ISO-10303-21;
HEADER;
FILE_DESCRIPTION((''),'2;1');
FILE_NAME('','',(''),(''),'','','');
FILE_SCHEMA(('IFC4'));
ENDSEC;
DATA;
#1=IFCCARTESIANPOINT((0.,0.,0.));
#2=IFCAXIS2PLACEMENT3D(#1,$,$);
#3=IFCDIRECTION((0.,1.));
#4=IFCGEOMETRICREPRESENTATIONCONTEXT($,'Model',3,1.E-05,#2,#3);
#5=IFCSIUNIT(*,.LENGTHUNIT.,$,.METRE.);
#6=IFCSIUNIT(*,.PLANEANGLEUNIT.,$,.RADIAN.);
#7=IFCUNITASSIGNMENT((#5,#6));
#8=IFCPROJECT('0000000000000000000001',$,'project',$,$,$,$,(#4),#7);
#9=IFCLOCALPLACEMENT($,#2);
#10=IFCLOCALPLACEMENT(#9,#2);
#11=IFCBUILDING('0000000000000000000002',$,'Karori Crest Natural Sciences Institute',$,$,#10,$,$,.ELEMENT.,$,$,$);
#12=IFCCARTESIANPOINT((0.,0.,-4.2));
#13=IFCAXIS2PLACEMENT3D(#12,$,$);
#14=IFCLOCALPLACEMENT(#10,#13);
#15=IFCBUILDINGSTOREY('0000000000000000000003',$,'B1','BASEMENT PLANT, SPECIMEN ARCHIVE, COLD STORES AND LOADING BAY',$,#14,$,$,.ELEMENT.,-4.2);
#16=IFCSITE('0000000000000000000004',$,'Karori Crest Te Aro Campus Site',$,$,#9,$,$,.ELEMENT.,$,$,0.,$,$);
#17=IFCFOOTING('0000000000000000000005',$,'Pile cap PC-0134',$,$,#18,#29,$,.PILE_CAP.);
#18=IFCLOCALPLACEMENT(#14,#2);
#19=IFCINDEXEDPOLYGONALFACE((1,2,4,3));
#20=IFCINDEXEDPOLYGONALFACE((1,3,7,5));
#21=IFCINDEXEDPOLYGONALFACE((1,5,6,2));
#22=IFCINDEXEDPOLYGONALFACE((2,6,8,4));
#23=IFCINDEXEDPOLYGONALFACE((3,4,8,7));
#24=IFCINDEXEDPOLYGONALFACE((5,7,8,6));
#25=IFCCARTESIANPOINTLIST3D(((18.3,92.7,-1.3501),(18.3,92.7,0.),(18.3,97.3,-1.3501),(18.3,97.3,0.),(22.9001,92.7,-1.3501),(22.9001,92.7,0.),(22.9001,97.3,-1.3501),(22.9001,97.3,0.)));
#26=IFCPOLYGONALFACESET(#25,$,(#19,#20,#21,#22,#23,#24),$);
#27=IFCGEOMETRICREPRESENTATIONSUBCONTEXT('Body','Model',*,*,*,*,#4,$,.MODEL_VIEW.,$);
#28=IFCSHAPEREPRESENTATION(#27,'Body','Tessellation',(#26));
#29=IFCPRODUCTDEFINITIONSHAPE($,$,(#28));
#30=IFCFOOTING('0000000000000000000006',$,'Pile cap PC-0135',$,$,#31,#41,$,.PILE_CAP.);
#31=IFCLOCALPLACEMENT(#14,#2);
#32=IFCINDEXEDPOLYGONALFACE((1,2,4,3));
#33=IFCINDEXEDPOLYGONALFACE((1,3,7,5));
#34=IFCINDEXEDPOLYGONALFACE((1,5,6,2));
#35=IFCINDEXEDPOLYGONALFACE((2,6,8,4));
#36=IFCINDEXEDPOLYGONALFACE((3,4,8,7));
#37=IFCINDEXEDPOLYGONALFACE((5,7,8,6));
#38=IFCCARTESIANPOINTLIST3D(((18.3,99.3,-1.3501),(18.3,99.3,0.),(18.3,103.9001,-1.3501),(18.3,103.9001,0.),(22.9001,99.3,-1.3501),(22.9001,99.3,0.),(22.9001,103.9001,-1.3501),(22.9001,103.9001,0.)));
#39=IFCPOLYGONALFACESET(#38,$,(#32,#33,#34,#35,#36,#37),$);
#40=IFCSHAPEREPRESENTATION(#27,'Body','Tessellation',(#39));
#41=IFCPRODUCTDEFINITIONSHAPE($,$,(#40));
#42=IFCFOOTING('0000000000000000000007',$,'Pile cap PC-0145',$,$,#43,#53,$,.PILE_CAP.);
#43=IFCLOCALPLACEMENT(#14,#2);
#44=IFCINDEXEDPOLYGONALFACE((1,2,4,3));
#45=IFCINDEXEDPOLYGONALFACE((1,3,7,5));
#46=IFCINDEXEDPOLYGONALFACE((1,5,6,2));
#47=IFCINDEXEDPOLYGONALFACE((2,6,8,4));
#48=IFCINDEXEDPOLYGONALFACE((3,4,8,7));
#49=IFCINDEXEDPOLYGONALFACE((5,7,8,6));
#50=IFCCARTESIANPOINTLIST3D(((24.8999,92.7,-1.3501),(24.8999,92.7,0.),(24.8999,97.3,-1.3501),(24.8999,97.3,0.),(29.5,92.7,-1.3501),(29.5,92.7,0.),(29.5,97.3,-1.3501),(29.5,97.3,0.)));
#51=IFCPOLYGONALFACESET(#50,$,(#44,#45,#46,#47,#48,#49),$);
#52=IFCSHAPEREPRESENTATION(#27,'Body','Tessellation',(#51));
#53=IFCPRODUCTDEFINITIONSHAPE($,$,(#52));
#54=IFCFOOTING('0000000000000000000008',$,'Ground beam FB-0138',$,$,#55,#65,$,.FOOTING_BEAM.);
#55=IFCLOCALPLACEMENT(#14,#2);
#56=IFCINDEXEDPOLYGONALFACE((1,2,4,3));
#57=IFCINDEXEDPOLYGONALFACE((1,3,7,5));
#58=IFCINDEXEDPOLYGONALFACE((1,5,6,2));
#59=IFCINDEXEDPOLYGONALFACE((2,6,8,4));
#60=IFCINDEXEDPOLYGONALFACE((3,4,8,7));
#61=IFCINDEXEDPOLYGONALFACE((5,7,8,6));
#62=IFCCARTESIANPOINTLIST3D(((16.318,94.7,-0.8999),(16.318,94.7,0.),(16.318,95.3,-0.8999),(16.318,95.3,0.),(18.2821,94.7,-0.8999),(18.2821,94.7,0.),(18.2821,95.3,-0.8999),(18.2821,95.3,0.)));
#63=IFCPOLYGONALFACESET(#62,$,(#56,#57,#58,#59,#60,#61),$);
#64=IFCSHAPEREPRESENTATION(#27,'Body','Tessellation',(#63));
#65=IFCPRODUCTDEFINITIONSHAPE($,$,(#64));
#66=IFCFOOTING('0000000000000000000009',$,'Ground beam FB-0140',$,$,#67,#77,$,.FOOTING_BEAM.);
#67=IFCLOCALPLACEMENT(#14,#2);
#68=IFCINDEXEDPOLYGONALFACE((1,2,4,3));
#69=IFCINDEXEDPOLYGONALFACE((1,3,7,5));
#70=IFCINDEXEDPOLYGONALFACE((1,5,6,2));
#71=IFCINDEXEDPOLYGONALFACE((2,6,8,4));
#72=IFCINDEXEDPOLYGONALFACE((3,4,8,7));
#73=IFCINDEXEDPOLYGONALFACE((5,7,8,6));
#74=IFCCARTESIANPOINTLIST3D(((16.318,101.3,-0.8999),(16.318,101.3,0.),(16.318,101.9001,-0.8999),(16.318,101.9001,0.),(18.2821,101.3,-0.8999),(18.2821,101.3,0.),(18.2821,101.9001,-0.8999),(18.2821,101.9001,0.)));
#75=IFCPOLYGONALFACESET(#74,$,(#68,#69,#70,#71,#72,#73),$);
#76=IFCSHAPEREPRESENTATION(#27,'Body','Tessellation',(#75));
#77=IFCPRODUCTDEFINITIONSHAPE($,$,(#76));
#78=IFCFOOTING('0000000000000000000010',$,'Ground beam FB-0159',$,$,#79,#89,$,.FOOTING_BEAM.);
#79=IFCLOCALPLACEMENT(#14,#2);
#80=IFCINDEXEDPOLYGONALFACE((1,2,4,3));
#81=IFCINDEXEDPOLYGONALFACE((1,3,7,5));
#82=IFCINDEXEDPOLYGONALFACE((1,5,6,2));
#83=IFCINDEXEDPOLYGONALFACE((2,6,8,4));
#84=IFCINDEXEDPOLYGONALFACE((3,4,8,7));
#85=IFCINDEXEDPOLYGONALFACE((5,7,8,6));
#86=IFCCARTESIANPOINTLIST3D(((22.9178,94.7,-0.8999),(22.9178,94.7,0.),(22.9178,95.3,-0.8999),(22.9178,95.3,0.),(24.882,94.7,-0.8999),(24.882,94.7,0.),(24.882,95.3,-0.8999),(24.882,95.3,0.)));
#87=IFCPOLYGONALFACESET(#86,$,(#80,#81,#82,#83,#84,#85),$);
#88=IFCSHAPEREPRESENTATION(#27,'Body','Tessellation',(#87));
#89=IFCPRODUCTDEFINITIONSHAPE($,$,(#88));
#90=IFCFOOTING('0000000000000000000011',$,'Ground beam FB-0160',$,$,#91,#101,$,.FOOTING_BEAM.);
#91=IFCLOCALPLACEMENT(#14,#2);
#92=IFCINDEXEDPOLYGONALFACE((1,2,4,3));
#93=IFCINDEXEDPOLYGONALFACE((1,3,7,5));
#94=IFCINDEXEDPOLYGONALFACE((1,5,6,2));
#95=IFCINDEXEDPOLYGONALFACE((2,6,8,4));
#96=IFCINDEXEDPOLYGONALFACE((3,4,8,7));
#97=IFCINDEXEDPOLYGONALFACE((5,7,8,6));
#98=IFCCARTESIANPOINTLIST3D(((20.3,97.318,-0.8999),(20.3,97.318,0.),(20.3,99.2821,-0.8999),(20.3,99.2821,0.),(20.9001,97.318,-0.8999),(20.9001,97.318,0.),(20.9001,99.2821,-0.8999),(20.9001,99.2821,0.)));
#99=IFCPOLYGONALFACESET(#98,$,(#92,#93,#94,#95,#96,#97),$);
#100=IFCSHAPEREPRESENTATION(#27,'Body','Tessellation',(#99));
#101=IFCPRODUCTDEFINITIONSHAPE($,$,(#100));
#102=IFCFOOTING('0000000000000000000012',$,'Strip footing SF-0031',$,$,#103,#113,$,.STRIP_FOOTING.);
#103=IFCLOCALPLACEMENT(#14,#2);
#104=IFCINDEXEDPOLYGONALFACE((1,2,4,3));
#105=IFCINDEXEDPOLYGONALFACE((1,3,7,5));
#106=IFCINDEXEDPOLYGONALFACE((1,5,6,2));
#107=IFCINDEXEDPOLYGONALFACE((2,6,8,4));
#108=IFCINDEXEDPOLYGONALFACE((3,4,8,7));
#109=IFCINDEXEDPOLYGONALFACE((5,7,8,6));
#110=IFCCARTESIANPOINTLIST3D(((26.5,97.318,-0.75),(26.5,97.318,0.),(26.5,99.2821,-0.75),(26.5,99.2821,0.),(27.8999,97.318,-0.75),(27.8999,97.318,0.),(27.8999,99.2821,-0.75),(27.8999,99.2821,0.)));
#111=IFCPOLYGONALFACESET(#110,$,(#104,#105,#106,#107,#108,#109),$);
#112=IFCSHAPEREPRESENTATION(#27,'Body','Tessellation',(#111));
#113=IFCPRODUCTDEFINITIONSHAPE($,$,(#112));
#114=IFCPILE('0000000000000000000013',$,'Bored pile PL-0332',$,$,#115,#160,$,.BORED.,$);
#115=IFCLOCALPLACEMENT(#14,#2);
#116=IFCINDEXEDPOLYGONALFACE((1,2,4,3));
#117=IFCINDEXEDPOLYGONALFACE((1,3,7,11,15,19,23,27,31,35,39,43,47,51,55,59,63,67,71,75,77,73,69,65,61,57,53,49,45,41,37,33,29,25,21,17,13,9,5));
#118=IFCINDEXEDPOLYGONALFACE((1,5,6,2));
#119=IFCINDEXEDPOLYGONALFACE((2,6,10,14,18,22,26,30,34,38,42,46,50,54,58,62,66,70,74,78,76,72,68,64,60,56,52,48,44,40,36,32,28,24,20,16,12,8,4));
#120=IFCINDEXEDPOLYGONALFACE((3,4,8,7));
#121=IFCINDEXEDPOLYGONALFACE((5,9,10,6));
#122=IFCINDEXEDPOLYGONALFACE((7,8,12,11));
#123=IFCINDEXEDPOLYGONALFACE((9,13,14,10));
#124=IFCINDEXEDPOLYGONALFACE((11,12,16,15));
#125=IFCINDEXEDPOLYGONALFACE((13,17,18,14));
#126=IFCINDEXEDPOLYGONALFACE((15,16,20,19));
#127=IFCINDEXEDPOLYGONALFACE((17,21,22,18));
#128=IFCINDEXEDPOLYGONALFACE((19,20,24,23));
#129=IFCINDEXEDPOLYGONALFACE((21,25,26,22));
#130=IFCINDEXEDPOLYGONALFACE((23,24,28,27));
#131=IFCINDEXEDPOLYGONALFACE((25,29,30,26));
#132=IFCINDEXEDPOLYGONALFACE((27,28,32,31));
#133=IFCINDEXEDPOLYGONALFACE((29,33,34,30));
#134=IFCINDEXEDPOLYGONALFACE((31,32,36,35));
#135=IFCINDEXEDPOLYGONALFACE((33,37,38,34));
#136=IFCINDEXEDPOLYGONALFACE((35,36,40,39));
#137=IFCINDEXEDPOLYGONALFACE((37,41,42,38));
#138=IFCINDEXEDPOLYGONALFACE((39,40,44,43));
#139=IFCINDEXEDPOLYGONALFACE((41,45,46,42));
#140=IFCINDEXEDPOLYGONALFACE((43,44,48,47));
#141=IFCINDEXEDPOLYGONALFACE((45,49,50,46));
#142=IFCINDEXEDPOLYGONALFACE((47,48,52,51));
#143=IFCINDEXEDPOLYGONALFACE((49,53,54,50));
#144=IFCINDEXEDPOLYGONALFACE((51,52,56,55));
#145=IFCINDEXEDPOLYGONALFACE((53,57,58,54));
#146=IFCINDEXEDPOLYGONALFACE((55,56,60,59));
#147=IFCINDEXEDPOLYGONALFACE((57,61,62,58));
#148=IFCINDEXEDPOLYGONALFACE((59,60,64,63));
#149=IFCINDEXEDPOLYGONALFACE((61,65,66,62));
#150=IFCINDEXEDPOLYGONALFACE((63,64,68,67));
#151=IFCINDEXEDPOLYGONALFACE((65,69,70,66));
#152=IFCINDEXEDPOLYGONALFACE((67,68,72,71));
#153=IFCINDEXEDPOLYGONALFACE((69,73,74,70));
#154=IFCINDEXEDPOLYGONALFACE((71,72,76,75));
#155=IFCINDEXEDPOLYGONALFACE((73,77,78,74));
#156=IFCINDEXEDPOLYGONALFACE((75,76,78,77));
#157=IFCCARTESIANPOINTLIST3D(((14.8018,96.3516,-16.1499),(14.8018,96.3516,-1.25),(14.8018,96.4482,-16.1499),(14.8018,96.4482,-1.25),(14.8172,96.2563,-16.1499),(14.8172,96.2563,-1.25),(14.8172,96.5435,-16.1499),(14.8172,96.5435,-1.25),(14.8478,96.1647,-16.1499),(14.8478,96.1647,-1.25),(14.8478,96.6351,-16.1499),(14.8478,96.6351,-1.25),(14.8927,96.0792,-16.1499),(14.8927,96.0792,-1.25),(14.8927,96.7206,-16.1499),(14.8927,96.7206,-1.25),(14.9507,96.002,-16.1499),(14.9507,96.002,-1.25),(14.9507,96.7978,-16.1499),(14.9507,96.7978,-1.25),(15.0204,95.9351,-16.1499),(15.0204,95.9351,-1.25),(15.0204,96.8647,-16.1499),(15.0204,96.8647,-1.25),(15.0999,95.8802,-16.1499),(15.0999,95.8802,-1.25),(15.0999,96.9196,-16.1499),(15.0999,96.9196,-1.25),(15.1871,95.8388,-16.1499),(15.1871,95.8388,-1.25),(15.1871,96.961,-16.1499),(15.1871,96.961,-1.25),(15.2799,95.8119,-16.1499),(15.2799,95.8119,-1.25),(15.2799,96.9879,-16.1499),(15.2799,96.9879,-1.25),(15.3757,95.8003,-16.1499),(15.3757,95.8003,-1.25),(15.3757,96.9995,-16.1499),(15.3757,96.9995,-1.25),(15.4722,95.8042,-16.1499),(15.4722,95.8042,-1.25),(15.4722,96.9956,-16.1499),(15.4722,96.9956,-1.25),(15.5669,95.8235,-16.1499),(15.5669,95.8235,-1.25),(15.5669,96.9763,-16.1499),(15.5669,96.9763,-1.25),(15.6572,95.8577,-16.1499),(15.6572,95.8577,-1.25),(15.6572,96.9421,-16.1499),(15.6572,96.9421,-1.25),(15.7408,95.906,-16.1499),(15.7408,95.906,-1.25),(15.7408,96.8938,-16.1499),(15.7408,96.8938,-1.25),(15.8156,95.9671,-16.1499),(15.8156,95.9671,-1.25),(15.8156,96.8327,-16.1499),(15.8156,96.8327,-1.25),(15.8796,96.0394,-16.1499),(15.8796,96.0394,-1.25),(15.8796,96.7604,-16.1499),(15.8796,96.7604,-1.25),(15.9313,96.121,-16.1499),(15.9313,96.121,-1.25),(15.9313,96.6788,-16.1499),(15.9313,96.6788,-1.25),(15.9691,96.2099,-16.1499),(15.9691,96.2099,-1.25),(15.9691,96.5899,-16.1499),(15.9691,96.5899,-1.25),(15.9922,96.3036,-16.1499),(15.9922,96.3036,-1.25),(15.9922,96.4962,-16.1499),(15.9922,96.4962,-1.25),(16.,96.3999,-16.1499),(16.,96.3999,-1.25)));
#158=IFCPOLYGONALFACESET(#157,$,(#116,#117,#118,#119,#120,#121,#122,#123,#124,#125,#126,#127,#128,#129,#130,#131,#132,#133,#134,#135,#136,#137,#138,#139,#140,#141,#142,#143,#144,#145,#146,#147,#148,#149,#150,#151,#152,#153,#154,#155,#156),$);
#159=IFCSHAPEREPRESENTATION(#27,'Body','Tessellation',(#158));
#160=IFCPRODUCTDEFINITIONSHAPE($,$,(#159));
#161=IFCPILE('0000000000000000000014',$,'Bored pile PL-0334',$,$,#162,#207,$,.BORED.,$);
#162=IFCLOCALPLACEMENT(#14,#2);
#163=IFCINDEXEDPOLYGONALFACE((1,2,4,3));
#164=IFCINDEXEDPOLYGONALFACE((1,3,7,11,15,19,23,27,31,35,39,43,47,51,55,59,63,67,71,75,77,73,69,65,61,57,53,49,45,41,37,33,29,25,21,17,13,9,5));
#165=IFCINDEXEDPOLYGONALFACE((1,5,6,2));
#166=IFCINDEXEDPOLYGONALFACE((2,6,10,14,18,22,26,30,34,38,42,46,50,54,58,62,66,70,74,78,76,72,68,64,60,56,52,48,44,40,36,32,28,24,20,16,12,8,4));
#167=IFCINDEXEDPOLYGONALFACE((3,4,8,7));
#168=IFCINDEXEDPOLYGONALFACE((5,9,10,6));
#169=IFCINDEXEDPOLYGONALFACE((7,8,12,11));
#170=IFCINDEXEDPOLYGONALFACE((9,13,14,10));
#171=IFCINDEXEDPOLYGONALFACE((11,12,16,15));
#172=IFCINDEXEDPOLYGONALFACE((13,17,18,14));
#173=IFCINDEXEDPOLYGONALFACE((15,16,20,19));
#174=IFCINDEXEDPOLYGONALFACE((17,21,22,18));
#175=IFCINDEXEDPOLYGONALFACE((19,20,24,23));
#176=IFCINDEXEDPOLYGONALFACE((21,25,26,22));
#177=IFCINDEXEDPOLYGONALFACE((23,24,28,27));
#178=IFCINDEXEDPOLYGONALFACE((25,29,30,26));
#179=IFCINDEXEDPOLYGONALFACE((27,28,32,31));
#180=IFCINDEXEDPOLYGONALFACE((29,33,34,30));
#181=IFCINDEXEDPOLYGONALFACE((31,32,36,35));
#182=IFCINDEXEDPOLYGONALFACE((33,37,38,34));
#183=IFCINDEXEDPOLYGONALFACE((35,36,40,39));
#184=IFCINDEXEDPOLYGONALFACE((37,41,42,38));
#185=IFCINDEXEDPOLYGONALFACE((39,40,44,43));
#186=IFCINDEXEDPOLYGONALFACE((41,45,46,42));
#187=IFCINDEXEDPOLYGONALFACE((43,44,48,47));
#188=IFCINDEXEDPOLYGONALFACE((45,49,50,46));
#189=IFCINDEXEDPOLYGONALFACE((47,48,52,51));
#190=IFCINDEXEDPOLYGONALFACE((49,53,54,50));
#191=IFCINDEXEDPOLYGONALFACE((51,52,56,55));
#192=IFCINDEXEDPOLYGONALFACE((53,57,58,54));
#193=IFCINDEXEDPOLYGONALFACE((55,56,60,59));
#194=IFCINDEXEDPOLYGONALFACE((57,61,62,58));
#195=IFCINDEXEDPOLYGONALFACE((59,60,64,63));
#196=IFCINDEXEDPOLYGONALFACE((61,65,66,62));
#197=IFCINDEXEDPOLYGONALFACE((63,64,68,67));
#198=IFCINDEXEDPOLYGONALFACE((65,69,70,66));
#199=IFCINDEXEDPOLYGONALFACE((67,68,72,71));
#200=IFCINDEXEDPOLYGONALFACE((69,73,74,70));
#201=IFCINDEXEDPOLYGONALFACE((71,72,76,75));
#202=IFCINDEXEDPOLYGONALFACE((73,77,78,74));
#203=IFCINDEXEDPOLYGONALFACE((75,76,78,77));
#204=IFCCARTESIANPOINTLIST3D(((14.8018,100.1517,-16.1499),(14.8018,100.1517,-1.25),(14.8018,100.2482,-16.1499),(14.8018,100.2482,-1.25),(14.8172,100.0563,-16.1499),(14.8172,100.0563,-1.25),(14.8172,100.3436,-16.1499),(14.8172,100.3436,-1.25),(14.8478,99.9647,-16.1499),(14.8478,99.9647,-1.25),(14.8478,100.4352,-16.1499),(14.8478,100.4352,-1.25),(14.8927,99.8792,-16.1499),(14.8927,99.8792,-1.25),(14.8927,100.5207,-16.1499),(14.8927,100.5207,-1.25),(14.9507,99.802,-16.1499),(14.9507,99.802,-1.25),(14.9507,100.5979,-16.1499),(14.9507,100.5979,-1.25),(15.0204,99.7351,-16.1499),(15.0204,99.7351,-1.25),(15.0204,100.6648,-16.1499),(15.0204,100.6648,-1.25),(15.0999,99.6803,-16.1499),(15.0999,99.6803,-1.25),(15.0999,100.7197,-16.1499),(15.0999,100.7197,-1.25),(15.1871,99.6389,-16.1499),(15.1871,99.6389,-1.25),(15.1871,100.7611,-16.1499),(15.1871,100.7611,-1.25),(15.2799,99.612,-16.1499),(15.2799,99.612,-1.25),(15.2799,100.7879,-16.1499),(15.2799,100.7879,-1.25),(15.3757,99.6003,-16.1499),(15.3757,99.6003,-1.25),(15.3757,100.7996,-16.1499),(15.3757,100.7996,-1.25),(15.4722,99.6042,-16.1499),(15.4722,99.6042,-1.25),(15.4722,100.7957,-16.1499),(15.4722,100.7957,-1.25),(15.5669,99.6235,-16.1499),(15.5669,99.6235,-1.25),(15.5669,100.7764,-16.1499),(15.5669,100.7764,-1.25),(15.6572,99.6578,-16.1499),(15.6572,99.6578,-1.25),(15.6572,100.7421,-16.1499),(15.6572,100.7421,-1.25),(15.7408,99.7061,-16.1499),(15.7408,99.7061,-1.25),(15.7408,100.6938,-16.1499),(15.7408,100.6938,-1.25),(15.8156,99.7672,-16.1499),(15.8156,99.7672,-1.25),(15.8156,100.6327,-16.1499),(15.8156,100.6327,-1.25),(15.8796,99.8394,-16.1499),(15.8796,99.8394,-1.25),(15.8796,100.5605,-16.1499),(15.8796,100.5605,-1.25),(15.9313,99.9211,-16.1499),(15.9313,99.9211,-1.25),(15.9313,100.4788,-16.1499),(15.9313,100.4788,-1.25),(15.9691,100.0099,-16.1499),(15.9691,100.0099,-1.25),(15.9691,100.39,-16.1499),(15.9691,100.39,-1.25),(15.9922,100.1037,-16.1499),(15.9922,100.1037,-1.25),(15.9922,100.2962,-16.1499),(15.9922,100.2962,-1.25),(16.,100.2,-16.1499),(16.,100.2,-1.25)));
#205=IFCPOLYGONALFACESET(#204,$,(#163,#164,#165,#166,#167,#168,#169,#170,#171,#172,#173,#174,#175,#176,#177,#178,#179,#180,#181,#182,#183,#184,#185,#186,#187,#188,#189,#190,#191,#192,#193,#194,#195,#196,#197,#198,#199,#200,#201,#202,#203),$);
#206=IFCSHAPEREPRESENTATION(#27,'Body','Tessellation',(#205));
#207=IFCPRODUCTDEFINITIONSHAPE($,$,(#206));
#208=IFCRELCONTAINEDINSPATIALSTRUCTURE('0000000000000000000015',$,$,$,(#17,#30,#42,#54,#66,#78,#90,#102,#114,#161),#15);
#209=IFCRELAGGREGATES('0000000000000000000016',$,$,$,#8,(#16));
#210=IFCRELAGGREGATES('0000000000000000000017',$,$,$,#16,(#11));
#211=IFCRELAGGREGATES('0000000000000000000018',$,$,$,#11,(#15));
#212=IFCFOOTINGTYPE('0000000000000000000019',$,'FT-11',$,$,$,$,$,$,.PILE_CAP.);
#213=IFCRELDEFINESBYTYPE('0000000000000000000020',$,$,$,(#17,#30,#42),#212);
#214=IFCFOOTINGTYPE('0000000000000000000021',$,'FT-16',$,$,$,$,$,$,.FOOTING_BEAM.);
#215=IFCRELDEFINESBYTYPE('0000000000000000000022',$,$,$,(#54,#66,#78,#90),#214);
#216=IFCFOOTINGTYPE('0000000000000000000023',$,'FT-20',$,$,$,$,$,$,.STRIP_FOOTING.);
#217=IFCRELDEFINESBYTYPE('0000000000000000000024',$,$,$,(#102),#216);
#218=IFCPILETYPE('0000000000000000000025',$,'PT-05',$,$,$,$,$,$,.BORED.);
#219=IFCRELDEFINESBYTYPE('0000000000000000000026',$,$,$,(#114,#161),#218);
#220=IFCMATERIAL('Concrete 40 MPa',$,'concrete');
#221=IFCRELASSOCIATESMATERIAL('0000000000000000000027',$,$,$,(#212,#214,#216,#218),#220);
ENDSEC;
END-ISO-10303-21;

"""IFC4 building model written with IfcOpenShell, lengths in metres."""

from ifc_helpers import new_model, si_unit, direction, frame, origin, origin_2d, place, context, subcontext, project, spatial, rectangle, circle, extrude, material, material_profile, profile_set, type_object, element, save


model = new_model("IFC4")

# Units and contexts
model_context = context("Model", 3, precision=1e-05, world=origin(), true_north=direction((0.0, 1.0)))
body_context = subcontext(model_context, "Body", "Model", "MODEL_VIEW")
ifc_project = project(units=[si_unit("LENGTHUNIT", "METRE"), si_unit("PLANEANGLEUNIT", "RADIAN")], contexts=[model_context])

# Site, building, storey
site_placement = place(None, origin())
site = spatial("IfcSite", under=ifc_project, at=site_placement, Name="Karori Crest Te Aro Campus Site", CompositionType="ELEMENT", RefElevation=0.0)
building_placement = place(site_placement, origin())
building = spatial("IfcBuilding", under=site, at=building_placement, Name="Karori Crest Natural Sciences Institute", CompositionType="ELEMENT")
storey_placement = place(building_placement, frame((0.0, 0.0, -4.2)))
storey = spatial("IfcBuildingStorey", under=building, at=storey_placement, Name="B1", Description="BASEMENT PLANT, SPECIMEN ARCHIVE, COLD STORES AND LOADING BAY", CompositionType="ELEMENT", Elevation=-4.2)

# Footings
ifc_material_1 = material(Name="Concrete 40 MPa", Category="concrete")
footing_type_1 = type_object("IfcFootingType", Name="FT-11", PredefinedType="PILE_CAP", material=ifc_material_1)
for number, where, z_axis, x_axis, name in (
    (1, (20.6001, 95.0, -1.3501), (0.0, 0.0, 1.0), (1.0, 0.0, 0.0), "Pile cap PC-0134"),
    (2, (20.6001, 101.6001, -1.3501), (0.0, 0.0, 1.0), (1.0, 0.0, 0.0), "Pile cap PC-0135"),
    (3, (27.2, 95.0, -1.3501), (0.0, 0.0, 1.0), (1.0, 0.0, 0.0), "Pile cap PC-0145"),
):
    element("IfcFooting", number, at=place(storey_placement, frame(where, z_axis=z_axis, x_axis=x_axis)), inside=storey, type_object=footing_type_1, Name=name, PredefinedType="PILE_CAP", context=body_context, shape_type="SweptSolid", body=[
        extrude(rectangle(XDim=4.6001, YDim=4.6001, at=origin_2d()), origin(), (0.0, 0.0, 1.0), 1.3501),
    ])
footing_type_2 = type_object("IfcFootingType", Name="FT-16", PredefinedType="FOOTING_BEAM", material=ifc_material_1)
for number, where, z_axis, x_axis, name in (
    (4, (17.3, 95.0, -0.8999), (0.0, 0.0, 1.0), (1.0, 0.0, 0.0), "Ground beam FB-0138"),
    (5, (17.3, 101.6001, -0.8999), (0.0, 0.0, 1.0), (1.0, 0.0, 0.0), "Ground beam FB-0140"),
    (6, (23.8999, 95.0, -0.8999), (0.0, 0.0, 1.0), (1.0, 0.0, 0.0), "Ground beam FB-0159"),
    (7, (20.6001, 98.3, -0.8999), (0.0, 0.0, 1.0), (0.0, 1.0, 0.0), "Ground beam FB-0160"),
):
    element("IfcFooting", number, at=place(storey_placement, frame(where, z_axis=z_axis, x_axis=x_axis)), inside=storey, type_object=footing_type_2, Name=name, PredefinedType="FOOTING_BEAM", context=body_context, shape_type="SweptSolid", body=[
        extrude(rectangle(XDim=1.9641, YDim=0.6001, at=origin_2d()), origin(), (0.0, 0.0, 1.0), 0.8999),
    ])
footing_type_3 = type_object("IfcFootingType", Name="FT-20", PredefinedType="STRIP_FOOTING", material=ifc_material_1)
footing_placement = place(storey_placement, frame((27.2, 98.3, -0.75), z_axis=(0.0, 0.0, 1.0), x_axis=(0.0, 1.0, 0.0)))
element("IfcFooting", 8, at=footing_placement, inside=storey, type_object=footing_type_3, Name="Strip footing SF-0031", PredefinedType="STRIP_FOOTING", context=body_context, shape_type="SweptSolid", body=[
    extrude(rectangle(XDim=1.9641, YDim=1.3999, at=origin_2d()), origin(), (0.0, 0.0, 1.0), 0.75),
])

# Piles
ifc_material_profile_1 = material_profile(ifc_material_1, circle(Radius=0.6001, at=origin_2d()), Name="PILE1200")
ifc_profile_set_1 = profile_set([ifc_material_profile_1], Name="Concrete 40 MPa")
pile_type = type_object("IfcPileType", Name="PT-05", PredefinedType="BORED", material=ifc_profile_set_1)
for number, where, z_axis, x_axis, name in (
    (9, (15.3999, 96.3999, -1.25), (0.0, 0.0, -1.0), (1.0, 0.0, 0.0), "Bored pile PL-0332"),
    (10, (15.3999, 100.2, -1.25), (0.0, 0.0, -1.0), (1.0, 0.0, 0.0), "Bored pile PL-0334"),
):
    element("IfcPile", number, at=place(storey_placement, frame(where, z_axis=z_axis, x_axis=x_axis)), inside=storey, type_object=pile_type, Name=name, PredefinedType="BORED", context=body_context, shape_type="SweptSolid", body=[
        extrude(circle(Radius=0.6001, at=origin_2d()), origin(), (0.0, 0.0, 1.0), 14.8999),
    ])

save(model, "model.ifc")
